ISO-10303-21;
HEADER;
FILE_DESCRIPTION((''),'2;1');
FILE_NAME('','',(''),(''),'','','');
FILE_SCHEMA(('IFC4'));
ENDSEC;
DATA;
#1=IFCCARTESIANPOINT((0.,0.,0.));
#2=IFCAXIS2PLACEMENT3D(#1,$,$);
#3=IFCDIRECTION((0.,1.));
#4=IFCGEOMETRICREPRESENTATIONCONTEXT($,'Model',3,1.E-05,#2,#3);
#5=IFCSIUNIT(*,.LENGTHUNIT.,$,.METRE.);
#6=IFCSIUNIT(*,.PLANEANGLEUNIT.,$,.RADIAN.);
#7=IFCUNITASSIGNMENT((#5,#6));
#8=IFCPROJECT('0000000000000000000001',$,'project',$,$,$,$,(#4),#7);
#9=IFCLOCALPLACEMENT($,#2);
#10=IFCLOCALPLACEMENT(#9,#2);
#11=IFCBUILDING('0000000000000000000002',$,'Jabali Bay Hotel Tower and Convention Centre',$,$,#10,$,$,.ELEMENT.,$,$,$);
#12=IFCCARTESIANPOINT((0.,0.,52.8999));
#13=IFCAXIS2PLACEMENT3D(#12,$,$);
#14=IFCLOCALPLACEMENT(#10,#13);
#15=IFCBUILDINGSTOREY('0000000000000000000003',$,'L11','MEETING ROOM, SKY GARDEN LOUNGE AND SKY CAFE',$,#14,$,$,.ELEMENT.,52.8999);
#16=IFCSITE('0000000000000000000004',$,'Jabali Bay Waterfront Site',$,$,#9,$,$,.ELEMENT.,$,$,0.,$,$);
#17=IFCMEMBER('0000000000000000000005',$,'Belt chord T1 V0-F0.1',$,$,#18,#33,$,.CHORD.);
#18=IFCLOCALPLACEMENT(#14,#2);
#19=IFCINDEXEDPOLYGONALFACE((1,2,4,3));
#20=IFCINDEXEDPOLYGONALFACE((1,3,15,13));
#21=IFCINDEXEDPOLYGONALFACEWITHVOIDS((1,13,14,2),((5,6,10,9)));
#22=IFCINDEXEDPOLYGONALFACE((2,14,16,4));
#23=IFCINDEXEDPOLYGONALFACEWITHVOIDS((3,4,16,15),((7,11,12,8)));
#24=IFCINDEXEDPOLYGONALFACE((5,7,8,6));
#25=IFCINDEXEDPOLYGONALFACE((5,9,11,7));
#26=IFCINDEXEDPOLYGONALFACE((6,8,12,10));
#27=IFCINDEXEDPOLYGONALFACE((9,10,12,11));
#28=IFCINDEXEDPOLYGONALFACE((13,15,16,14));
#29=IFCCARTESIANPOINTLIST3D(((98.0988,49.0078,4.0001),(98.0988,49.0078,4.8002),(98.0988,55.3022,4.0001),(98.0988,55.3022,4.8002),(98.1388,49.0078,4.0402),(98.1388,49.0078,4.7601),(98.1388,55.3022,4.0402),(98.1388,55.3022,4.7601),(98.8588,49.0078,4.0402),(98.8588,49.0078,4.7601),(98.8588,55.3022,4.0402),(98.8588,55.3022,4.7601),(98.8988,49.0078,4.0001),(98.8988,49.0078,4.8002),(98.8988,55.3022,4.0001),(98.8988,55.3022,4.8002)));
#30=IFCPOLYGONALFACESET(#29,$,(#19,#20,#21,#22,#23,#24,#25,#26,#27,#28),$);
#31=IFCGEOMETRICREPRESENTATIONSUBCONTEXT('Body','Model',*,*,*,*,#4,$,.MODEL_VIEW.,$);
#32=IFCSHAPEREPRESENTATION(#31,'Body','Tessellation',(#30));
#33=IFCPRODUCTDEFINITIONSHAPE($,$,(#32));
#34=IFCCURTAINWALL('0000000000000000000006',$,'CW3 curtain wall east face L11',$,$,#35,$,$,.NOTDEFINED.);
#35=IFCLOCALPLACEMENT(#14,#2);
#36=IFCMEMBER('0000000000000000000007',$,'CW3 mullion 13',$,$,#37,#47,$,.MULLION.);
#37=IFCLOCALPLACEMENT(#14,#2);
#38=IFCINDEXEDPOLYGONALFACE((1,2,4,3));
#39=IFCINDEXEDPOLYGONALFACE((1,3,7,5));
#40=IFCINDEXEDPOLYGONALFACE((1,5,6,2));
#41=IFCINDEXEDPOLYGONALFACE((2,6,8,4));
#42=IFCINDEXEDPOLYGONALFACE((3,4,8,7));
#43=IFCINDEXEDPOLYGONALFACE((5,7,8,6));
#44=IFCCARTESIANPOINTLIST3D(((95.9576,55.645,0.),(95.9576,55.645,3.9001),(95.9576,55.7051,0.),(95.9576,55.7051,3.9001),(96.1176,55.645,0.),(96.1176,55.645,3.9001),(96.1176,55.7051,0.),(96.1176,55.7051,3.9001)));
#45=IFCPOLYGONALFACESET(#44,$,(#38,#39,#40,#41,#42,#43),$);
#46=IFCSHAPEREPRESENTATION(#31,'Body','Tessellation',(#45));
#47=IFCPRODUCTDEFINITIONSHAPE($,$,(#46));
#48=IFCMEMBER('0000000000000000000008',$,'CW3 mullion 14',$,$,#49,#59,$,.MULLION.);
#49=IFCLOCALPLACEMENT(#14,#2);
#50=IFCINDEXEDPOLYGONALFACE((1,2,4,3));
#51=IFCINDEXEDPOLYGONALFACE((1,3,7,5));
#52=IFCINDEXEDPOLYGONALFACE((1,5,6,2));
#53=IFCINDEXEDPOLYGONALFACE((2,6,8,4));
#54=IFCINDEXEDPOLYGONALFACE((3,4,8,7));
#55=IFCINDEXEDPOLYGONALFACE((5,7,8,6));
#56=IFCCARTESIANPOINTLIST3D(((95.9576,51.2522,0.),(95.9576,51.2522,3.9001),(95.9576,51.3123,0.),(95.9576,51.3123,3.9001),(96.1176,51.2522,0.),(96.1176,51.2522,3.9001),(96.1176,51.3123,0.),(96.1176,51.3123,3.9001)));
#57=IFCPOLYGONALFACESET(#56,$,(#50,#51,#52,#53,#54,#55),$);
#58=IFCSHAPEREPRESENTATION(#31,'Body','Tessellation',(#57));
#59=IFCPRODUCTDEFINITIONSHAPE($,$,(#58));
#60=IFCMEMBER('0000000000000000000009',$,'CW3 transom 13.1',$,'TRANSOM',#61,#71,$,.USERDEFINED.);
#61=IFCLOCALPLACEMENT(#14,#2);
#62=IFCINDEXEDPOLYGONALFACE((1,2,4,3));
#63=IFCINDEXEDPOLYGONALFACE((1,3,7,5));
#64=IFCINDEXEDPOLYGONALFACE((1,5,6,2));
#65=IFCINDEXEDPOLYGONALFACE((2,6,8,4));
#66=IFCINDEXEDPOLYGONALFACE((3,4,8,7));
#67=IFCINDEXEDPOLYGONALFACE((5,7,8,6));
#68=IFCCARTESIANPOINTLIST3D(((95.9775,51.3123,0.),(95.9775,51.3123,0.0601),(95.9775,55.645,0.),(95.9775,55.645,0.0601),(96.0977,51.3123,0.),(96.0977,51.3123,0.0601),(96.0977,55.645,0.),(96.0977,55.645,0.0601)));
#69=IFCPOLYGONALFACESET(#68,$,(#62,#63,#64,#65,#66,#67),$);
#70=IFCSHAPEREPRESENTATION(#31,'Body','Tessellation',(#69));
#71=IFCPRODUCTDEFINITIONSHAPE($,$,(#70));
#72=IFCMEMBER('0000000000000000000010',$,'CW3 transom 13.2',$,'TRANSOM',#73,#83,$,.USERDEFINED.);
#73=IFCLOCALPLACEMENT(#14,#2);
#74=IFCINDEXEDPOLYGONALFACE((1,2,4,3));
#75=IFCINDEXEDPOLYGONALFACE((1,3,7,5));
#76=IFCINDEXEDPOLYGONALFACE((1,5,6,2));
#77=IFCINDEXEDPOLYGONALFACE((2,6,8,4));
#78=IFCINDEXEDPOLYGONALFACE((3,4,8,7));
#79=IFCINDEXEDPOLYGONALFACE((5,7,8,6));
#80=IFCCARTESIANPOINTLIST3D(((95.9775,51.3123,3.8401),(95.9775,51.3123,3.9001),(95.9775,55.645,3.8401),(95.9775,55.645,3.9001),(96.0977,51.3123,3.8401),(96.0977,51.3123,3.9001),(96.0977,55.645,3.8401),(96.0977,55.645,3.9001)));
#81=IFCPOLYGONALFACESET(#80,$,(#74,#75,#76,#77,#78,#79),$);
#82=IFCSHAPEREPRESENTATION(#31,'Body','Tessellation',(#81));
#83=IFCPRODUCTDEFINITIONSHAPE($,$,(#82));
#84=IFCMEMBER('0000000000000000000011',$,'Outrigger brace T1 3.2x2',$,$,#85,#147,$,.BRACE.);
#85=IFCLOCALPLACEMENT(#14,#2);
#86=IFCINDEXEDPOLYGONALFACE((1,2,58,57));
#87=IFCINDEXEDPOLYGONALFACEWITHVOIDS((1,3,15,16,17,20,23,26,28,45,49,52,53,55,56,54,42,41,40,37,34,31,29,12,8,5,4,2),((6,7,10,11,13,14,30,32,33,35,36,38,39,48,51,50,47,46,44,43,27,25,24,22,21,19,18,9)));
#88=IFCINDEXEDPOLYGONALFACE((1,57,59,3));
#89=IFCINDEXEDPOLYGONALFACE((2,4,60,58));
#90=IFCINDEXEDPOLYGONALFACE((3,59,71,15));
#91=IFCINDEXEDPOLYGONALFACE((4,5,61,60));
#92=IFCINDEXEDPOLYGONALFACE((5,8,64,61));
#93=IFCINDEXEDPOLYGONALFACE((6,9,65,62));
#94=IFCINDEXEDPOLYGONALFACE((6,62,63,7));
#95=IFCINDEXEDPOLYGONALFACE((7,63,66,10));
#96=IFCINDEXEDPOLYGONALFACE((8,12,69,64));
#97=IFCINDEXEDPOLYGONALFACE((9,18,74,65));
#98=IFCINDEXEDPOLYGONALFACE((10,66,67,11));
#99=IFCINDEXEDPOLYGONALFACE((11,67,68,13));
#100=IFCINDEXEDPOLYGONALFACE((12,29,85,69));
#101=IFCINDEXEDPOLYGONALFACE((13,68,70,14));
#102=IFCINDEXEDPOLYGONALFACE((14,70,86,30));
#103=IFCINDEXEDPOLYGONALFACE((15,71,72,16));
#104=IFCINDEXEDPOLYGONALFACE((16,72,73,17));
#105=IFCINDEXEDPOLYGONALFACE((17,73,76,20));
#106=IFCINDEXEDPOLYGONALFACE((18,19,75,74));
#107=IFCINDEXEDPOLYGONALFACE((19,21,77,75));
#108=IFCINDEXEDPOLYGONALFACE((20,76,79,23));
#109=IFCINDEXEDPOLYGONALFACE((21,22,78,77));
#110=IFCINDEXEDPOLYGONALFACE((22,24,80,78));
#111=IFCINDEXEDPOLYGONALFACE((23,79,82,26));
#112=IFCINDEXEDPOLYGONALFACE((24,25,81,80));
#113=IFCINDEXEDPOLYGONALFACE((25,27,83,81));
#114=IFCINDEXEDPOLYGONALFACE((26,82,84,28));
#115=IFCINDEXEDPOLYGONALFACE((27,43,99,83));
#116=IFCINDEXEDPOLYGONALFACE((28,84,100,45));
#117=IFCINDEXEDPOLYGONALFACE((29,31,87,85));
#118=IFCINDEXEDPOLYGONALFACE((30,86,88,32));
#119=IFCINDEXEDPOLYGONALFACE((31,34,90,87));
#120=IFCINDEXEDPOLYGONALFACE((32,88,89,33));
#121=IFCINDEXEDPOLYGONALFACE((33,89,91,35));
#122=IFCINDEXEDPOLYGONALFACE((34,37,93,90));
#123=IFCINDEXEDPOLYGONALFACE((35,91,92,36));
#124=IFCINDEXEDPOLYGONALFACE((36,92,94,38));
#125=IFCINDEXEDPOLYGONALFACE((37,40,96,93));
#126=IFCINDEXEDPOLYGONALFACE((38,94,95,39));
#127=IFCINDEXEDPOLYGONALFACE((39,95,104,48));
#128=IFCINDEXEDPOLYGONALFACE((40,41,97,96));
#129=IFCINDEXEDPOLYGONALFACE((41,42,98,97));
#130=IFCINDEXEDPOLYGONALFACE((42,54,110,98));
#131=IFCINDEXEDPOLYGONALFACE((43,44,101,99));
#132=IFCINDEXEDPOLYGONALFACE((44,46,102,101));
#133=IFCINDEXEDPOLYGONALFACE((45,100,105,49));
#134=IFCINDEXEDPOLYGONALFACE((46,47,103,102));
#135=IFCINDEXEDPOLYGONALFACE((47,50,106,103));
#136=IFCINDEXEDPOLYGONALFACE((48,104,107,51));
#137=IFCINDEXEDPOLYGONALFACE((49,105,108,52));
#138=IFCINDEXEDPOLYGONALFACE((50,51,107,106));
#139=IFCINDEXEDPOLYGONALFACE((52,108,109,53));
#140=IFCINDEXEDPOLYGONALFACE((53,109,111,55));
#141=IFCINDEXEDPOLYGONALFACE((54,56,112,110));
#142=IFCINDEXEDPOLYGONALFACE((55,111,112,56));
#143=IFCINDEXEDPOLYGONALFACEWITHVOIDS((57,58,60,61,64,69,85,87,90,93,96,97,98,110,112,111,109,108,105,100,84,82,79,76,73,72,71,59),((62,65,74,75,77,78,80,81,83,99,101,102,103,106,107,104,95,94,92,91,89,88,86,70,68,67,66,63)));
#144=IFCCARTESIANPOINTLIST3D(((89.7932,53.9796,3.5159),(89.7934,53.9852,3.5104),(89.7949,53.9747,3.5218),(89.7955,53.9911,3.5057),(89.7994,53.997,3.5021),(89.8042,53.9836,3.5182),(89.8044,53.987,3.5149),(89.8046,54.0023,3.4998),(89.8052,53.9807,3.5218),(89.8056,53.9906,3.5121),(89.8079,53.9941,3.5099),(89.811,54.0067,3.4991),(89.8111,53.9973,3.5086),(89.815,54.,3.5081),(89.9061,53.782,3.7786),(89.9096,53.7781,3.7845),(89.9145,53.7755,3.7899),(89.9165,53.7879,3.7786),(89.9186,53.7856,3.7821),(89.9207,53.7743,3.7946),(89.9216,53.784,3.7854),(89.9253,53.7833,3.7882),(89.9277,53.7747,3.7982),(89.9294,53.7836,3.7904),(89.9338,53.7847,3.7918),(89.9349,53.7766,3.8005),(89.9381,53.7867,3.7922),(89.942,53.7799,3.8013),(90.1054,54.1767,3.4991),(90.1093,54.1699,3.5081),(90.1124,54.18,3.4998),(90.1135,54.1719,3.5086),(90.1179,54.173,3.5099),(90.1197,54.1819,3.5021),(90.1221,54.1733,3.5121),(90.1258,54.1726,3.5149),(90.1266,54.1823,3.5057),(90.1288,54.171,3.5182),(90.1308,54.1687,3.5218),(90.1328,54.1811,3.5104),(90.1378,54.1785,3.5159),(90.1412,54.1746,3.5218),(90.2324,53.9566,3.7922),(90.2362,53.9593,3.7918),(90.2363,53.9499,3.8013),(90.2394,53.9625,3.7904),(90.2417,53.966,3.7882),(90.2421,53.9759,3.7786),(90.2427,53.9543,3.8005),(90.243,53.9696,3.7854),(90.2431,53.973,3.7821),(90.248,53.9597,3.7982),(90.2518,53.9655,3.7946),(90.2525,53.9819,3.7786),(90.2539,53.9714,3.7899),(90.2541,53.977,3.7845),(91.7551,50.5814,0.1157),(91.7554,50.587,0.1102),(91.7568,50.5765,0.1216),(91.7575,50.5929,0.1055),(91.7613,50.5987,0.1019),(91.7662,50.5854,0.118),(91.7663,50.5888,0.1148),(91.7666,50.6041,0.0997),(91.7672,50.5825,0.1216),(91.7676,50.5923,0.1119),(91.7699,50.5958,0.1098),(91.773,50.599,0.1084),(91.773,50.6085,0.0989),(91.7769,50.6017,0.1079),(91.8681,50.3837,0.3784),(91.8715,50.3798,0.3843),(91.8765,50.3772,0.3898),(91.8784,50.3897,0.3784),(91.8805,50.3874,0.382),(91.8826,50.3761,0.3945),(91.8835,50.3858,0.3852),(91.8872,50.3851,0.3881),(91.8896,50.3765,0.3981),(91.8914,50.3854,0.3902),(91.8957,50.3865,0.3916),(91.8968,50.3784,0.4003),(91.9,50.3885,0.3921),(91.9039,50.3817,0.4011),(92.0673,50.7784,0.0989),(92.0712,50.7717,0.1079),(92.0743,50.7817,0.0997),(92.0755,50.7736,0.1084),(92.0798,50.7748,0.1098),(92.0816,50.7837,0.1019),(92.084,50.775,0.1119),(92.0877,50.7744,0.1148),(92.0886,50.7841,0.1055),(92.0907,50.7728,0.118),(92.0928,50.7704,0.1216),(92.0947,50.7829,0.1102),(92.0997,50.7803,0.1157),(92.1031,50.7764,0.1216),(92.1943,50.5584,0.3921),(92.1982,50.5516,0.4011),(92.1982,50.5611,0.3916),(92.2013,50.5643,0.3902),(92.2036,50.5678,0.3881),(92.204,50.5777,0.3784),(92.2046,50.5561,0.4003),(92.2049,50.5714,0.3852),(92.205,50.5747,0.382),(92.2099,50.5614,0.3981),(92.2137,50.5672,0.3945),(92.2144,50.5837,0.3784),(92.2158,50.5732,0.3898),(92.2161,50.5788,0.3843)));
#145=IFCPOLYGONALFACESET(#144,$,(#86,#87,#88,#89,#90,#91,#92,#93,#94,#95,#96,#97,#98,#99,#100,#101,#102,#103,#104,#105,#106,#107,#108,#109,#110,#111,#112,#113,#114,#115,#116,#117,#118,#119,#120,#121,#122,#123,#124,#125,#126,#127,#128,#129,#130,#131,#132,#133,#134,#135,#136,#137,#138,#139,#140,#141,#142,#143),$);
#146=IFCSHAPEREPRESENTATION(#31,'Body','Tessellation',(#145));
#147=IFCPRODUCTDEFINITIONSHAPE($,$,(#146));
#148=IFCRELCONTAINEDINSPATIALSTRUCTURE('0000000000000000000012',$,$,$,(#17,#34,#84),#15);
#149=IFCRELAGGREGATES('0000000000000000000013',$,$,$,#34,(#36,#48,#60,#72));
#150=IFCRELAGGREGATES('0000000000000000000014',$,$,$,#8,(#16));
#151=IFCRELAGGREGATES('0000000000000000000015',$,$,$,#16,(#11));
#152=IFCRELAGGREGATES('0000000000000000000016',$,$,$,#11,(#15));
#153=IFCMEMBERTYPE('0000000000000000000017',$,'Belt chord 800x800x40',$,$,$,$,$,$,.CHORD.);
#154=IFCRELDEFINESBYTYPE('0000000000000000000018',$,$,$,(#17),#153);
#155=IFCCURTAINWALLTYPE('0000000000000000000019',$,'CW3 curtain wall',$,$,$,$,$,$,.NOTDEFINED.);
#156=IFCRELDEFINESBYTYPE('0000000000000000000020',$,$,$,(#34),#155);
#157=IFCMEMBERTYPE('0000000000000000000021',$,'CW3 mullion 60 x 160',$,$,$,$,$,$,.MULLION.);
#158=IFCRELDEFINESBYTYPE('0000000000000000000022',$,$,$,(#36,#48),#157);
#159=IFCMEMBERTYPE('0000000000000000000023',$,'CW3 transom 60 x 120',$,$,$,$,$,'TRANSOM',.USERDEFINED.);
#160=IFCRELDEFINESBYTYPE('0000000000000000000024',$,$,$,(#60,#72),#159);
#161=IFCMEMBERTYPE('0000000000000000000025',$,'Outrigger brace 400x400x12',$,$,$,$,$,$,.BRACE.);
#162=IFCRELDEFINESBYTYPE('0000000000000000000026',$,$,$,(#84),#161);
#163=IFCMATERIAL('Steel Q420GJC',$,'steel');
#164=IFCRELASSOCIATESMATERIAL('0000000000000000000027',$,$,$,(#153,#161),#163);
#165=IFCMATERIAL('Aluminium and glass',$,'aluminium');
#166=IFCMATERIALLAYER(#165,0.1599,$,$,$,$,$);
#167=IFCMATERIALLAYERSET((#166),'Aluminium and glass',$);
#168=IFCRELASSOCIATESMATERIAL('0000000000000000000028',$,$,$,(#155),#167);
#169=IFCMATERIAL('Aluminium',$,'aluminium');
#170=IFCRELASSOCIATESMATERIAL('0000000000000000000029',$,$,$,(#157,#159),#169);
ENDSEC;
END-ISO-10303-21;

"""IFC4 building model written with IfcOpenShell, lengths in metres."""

from ifc_helpers import new_model, si_unit, direction, frame, origin, origin_2d, place, context, subcontext, project, spatial, rectangle, hollow_rectangle, extrude, material, layer, layer_set, material_profile, profile_set, type_object, element, aggregate, save


model = new_model("IFC4")

# Units and contexts
model_context = context("Model", 3, precision=1e-05, world=origin(), true_north=direction((0.0, 1.0)))
body_context = subcontext(model_context, "Body", "Model", "MODEL_VIEW")
ifc_project = project(units=[si_unit("LENGTHUNIT", "METRE"), si_unit("PLANEANGLEUNIT", "RADIAN")], contexts=[model_context])

# Site, building, storey
site_placement = place(None, origin())
site = spatial("IfcSite", under=ifc_project, at=site_placement, Name="Jabali Bay Waterfront Site", CompositionType="ELEMENT", RefElevation=0.0)
building_placement = place(site_placement, origin())
building = spatial("IfcBuilding", under=site, at=building_placement, Name="Jabali Bay Hotel Tower and Convention Centre", CompositionType="ELEMENT")
storey_placement = place(building_placement, frame((0.0, 0.0, 52.8999)))
storey = spatial("IfcBuildingStorey", under=building, at=storey_placement, Name="L11", Description="MEETING ROOM, SKY GARDEN LOUNGE AND SKY CAFE", CompositionType="ELEMENT", Elevation=52.8999)

# Member
ifc_material_1 = material(Name="Steel Q420GJC", Category="steel")
ifc_material_profile_1 = material_profile(ifc_material_1, hollow_rectangle(XDim=0.8, YDim=0.8, WallThickness=0.04, at=origin_2d()), Name="Belt chord 800x800x40")
ifc_profile_set_1 = profile_set([ifc_material_profile_1], Name="Steel Q420GJC")
member_type_1 = type_object("IfcMemberType", Name="Belt chord 800x800x40", PredefinedType="CHORD", material=ifc_profile_set_1)
member_1_placement = place(storey_placement, frame((98.4988, 49.0078, 4.4001), z_axis=(0.0, 1.0, 0.0), x_axis=(-1.0, 0.0, 0.0)))
element("IfcMember", 1, at=member_1_placement, inside=storey, type_object=member_type_1, Name="Belt chord T1 V0-F0.1", PredefinedType="CHORD", context=body_context, shape_type="SweptSolid", body=[
    extrude(hollow_rectangle(XDim=0.8, YDim=0.8, WallThickness=0.04, at=origin_2d()), origin(), (0.0, 0.0, 1.0), 6.2944),
])

# Curtain wall, members
ifc_material_2 = material(Name="Aluminium and glass", Category="aluminium")
ifc_layer_1 = layer(ifc_material_2, 0.1599)
ifc_layer_set_1 = layer_set([ifc_layer_1], Name="Aluminium and glass")
curtain_wall_type = type_object("IfcCurtainWallType", Name="CW3 curtain wall", PredefinedType="NOTDEFINED", material=ifc_layer_set_1)
curtain_wall_placement = place(storey_placement, origin())
curtain_wall = element("IfcCurtainWall", 2, at=curtain_wall_placement, inside=storey, type_object=curtain_wall_type, Name="CW3 curtain wall east face L11", PredefinedType="NOTDEFINED")
ifc_material_3 = material(Name="Aluminium", Category="aluminium")
ifc_material_profile_2 = material_profile(ifc_material_3, rectangle(XDim=0.1599, YDim=0.0601, at=origin_2d()), Name="CW3 mullion 60 x 160")
ifc_profile_set_2 = profile_set([ifc_material_profile_2], Name="Aluminium")
member_type_2 = type_object("IfcMemberType", Name="CW3 mullion 60 x 160", PredefinedType="MULLION", material=ifc_profile_set_2)
member_2_placement = place(storey_placement, frame((96.0376, 55.675, 0.0), z_axis=(0.0, 0.0, 1.0), x_axis=(1.0, 0.0, 0.0)))
member_2 = element("IfcMember", 3, at=member_2_placement, type_object=member_type_2, Name="CW3 mullion 13", PredefinedType="MULLION", context=body_context, shape_type="SweptSolid", body=[
    extrude(rectangle(XDim=0.1599, YDim=0.0601, at=origin_2d()), origin(), (0.0, 0.0, 1.0), 3.9001),
])
member_3_placement = place(storey_placement, frame((96.0376, 51.2822, 0.0), z_axis=(0.0, 0.0, 1.0), x_axis=(1.0, 0.0, 0.0)))
member_3 = element("IfcMember", 4, at=member_3_placement, type_object=member_type_2, Name="CW3 mullion 14", PredefinedType="MULLION", context=body_context, shape_type="SweptSolid", body=[
    extrude(rectangle(XDim=0.1599, YDim=0.0601, at=origin_2d()), origin(), (0.0, 0.0, 1.0), 3.9001),
])
ifc_material_profile_3 = material_profile(ifc_material_3, rectangle(XDim=0.1201, YDim=0.0601, at=origin_2d()), Name="CW3 transom 60 x 120")
ifc_profile_set_3 = profile_set([ifc_material_profile_3], Name="Aluminium")
member_type_3 = type_object("IfcMemberType", Name="CW3 transom 60 x 120", ElementType="TRANSOM", PredefinedType="USERDEFINED", material=ifc_profile_set_3)
member_4_placement = place(storey_placement, frame((96.0376, 55.645, 0.03), z_axis=(0.0, -1.0, 0.0), x_axis=(1.0, 0.0, 0.0)))
member_4 = element("IfcMember", 5, at=member_4_placement, type_object=member_type_3, Name="CW3 transom 13.1", ObjectType="TRANSOM", PredefinedType="USERDEFINED", context=body_context, shape_type="SweptSolid", body=[
    extrude(rectangle(XDim=0.1201, YDim=0.0601, at=origin_2d()), origin(), (0.0, 0.0, 1.0), 4.3328),
])
member_5_placement = place(storey_placement, frame((96.0376, 55.645, 3.8701), z_axis=(0.0, -1.0, 0.0), x_axis=(1.0, 0.0, 0.0)))
member_5 = element("IfcMember", 6, at=member_5_placement, type_object=member_type_3, Name="CW3 transom 13.2", ObjectType="TRANSOM", PredefinedType="USERDEFINED", context=body_context, shape_type="SweptSolid", body=[
    extrude(rectangle(XDim=0.1201, YDim=0.0601, at=origin_2d()), origin(), (0.0, 0.0, 1.0), 4.3328),
])

# Member
ifc_material_profile_4 = material_profile(ifc_material_1, hollow_rectangle(XDim=0.3999, YDim=0.3999, WallThickness=0.012, InnerFilletRadius=0.0181, OuterFilletRadius=0.03, at=origin_2d()), Name="Outrigger brace 400x400x12")
ifc_profile_set_4 = profile_set([ifc_material_profile_4], Name="Steel Q420GJC")
member_type_4 = type_object("IfcMemberType", Name="Outrigger brace 400x400x12", PredefinedType="BRACE", material=ifc_profile_set_4)
member_6_placement = place(storey_placement, frame((91.9856, 50.5801, 0.25), z_axis=(-0.377866, 0.654494, 0.65487), x_axis=(-0.866029, -0.499994, 0.0)))
element("IfcMember", 7, at=member_6_placement, inside=storey, type_object=member_type_4, Name="Outrigger brace T1 3.2x2", PredefinedType="BRACE", context=body_context, shape_type="SweptSolid", body=[
    extrude(hollow_rectangle(XDim=0.3999, YDim=0.3999, WallThickness=0.012, InnerFilletRadius=0.0181, OuterFilletRadius=0.03, at=origin_2d()), origin(), (0.0, 0.0, 1.0), 5.1921),
])

aggregate(curtain_wall, [member_2, member_3, member_4, member_5])

save(model, "model.ifc")
